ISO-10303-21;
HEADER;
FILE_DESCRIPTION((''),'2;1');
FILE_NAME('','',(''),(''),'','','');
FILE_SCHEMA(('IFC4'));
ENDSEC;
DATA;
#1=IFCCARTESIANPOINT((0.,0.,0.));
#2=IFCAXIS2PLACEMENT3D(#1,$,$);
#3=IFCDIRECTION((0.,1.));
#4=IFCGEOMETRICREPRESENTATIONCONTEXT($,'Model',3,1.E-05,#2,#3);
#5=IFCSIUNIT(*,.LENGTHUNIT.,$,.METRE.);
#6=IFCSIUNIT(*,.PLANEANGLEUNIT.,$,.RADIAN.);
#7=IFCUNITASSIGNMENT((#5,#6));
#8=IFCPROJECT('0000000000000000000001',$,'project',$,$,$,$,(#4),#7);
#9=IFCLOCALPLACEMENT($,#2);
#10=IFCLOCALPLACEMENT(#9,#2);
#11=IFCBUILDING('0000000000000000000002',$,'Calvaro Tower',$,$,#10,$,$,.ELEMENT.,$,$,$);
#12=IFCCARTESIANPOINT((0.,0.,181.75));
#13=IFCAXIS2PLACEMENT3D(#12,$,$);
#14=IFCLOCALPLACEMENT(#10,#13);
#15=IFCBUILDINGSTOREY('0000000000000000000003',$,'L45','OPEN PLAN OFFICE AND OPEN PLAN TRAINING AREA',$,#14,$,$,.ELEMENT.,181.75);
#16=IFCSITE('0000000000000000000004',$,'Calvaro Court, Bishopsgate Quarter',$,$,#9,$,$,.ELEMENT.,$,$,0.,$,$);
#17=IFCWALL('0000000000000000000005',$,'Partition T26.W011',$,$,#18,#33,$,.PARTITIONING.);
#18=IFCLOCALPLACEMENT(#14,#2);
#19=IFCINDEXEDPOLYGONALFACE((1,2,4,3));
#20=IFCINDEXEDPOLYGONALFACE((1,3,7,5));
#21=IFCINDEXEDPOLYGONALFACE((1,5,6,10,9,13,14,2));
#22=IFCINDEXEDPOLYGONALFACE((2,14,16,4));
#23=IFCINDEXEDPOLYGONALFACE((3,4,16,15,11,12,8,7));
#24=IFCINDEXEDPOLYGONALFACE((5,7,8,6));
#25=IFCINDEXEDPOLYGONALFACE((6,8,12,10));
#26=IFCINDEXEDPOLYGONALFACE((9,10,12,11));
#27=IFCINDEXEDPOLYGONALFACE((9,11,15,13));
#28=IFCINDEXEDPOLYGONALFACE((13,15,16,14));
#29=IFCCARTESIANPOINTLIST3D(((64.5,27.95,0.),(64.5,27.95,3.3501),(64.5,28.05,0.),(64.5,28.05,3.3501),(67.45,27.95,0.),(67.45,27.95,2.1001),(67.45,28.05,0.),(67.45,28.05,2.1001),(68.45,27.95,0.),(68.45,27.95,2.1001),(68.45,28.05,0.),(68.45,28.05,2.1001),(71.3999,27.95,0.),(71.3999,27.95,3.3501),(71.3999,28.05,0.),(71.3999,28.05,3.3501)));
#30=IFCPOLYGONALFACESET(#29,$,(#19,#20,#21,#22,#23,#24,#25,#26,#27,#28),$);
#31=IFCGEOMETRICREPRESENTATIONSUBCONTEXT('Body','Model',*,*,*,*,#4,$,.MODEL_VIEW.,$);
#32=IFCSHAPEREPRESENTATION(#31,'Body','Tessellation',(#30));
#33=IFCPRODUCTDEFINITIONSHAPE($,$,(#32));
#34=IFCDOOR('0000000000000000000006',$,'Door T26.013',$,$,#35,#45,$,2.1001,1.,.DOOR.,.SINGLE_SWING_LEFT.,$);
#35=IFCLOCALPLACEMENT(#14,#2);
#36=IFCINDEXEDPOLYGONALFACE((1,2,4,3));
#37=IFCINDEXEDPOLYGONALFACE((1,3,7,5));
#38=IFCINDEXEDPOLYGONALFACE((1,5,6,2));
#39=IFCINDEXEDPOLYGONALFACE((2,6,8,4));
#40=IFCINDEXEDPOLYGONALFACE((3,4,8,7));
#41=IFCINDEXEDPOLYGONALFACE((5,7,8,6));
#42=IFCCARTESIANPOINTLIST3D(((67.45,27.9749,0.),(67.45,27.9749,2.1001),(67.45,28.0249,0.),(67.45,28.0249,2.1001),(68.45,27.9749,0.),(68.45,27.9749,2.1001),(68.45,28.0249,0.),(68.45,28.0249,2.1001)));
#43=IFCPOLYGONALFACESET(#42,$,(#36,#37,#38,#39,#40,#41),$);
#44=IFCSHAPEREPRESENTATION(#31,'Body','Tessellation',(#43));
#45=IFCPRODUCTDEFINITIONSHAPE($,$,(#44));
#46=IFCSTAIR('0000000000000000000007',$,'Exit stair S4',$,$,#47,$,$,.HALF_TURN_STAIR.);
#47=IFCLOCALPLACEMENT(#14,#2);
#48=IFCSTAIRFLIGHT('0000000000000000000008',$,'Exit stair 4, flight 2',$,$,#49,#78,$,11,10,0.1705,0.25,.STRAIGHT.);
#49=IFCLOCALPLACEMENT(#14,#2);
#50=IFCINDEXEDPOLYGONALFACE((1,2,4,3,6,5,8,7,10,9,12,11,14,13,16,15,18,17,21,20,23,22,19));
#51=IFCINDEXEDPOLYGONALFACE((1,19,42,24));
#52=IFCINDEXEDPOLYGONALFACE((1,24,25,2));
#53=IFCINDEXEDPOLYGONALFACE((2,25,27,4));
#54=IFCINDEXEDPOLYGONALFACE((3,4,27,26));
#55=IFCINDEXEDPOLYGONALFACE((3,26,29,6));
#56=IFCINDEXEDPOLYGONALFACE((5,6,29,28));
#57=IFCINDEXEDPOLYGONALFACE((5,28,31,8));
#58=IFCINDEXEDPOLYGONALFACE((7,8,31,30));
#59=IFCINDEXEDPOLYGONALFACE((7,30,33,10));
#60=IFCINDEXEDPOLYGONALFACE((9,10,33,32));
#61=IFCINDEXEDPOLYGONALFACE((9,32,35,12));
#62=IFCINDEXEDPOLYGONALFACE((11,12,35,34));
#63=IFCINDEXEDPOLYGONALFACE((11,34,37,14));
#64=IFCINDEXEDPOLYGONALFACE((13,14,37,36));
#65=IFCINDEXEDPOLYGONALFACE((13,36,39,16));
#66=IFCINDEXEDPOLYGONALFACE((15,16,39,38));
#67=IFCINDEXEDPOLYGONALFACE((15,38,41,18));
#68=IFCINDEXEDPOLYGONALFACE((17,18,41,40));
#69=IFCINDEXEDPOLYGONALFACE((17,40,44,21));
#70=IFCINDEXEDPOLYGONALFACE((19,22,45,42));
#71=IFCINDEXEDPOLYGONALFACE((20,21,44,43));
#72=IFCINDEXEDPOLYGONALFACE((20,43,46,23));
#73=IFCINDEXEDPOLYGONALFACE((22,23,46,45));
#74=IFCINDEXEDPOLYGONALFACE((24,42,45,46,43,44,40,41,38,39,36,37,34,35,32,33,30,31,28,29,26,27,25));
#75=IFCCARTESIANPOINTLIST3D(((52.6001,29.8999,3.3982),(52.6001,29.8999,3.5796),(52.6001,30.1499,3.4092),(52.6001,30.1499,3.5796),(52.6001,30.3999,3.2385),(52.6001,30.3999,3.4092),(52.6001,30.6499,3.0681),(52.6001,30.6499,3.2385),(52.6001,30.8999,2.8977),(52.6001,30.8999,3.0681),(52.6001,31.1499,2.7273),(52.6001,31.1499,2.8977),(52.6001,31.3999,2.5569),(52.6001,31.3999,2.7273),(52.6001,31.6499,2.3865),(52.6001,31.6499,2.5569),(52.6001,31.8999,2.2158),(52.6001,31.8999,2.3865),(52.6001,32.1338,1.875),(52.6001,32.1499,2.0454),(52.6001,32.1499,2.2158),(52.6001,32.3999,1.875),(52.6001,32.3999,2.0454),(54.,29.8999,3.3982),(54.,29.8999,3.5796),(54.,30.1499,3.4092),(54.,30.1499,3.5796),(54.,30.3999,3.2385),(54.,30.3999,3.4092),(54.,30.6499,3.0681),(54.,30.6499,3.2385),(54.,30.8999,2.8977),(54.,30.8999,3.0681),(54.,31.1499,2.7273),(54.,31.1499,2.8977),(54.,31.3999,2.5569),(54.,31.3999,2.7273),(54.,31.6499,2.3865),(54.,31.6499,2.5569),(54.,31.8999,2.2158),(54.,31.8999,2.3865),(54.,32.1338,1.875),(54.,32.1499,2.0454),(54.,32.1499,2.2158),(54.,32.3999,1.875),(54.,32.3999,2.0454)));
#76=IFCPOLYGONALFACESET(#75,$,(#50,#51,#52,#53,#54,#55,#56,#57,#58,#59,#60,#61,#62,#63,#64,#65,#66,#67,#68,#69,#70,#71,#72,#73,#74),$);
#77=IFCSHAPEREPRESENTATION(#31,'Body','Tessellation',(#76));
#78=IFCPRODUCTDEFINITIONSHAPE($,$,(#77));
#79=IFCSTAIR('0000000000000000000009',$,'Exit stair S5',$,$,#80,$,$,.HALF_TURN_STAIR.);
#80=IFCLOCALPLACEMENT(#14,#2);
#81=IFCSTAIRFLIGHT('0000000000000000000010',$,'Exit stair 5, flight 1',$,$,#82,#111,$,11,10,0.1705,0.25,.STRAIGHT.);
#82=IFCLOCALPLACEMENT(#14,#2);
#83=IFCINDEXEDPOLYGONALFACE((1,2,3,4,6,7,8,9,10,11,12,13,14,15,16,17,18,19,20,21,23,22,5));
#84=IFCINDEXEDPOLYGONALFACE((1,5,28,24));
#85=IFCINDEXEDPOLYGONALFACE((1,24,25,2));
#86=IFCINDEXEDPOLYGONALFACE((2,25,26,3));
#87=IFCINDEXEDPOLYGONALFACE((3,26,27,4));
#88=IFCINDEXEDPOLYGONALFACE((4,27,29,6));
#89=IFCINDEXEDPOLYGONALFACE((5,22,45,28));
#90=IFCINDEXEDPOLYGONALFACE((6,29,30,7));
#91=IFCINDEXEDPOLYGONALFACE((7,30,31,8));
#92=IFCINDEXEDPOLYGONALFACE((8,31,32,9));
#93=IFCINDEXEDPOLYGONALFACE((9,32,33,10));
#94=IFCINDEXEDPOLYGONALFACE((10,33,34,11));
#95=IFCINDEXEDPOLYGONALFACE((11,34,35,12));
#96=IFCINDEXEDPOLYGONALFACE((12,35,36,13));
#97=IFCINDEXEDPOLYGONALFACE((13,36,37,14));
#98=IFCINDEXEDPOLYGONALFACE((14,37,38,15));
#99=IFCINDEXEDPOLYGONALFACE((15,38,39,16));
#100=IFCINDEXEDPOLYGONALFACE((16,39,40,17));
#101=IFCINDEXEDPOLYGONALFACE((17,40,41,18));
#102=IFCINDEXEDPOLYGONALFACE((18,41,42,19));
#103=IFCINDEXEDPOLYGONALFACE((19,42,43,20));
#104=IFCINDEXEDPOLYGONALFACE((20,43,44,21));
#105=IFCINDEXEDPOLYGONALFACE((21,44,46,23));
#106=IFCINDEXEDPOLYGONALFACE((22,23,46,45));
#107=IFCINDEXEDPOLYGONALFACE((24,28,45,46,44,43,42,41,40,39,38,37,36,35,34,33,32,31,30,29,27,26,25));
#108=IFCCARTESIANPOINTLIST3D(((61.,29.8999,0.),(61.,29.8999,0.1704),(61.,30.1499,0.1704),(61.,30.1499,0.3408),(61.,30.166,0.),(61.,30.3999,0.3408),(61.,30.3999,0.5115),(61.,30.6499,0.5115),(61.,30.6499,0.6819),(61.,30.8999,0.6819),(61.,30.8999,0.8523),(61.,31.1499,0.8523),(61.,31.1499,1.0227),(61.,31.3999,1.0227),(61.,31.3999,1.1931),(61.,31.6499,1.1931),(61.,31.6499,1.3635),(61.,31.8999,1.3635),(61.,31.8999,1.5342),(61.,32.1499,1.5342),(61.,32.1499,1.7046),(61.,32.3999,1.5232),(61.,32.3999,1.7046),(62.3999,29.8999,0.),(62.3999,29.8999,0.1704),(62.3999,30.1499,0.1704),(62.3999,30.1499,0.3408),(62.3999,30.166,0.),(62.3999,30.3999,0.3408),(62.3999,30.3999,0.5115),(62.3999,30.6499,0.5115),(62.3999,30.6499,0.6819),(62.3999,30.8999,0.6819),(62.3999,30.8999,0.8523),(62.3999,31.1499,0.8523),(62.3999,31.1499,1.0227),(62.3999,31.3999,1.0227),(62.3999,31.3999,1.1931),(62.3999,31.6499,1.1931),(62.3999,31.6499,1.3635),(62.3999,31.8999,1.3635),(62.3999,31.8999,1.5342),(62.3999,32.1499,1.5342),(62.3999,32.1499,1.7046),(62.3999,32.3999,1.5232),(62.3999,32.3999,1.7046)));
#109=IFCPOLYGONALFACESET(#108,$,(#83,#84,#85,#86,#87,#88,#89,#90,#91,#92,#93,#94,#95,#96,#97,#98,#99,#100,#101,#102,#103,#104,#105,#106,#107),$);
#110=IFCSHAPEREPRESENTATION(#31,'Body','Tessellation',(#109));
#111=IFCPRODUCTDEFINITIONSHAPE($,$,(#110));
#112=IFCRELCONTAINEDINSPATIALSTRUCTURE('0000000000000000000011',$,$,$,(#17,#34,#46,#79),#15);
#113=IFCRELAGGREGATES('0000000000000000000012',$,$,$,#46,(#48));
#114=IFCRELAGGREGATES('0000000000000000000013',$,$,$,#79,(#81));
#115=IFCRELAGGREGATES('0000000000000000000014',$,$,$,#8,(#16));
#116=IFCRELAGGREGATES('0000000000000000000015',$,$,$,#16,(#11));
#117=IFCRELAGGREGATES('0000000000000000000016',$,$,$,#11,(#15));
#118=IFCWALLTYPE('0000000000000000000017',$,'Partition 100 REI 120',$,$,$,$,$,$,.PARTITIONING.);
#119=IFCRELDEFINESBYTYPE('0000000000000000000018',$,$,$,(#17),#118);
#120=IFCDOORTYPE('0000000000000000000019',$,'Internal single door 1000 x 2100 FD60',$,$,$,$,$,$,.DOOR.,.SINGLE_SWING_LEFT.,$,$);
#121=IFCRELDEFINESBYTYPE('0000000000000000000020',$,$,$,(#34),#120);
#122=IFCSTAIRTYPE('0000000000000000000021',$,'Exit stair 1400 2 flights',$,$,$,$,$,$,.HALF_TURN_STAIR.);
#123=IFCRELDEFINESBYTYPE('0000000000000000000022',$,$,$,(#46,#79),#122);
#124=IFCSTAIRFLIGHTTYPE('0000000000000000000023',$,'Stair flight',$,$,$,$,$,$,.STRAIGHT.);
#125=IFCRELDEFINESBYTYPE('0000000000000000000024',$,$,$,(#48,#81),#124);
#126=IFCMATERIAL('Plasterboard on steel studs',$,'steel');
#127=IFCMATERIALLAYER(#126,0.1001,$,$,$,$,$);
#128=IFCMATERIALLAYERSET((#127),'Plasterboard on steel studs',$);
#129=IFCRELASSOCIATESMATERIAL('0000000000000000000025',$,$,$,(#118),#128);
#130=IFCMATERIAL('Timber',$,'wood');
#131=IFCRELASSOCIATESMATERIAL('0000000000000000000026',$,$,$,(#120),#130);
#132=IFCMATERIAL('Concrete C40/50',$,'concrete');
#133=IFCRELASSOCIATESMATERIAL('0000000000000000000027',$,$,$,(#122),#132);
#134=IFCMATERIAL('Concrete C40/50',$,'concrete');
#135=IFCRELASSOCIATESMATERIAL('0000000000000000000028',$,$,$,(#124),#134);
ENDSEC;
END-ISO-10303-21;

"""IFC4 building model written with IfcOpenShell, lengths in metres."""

from ifc_helpers import new_model, si_unit, direction, frame, frame_2d, origin, place, context, subcontext, project, spatial, polyline, rectangle, outline, extrude, material, layer, layer_set, type_object, element, fill, aggregate, save


model = new_model("IFC4")

# Units and contexts
model_context = context("Model", 3, precision=1e-05, world=origin(), true_north=direction((0.0, 1.0)))
body_context = subcontext(model_context, "Body", "Model", "MODEL_VIEW")
ifc_project = project(units=[si_unit("LENGTHUNIT", "METRE"), si_unit("PLANEANGLEUNIT", "RADIAN")], contexts=[model_context])

# Site, building, storey
site_placement = place(None, origin())
site = spatial("IfcSite", under=ifc_project, at=site_placement, Name="Calvaro Court, Bishopsgate Quarter", CompositionType="ELEMENT", RefElevation=0.0)
building_placement = place(site_placement, origin())
building = spatial("IfcBuilding", under=site, at=building_placement, Name="Calvaro Tower", CompositionType="ELEMENT")
storey_placement = place(building_placement, frame((0.0, 0.0, 181.75)))
storey = spatial("IfcBuildingStorey", under=building, at=storey_placement, Name="L45", Description="OPEN PLAN OFFICE AND OPEN PLAN TRAINING AREA", CompositionType="ELEMENT", Elevation=181.75)

# Wall, opening, door
ifc_material_1 = material(Name="Plasterboard on steel studs", Category="steel")
ifc_layer_1 = layer(ifc_material_1, 0.1001)
ifc_layer_set_1 = layer_set([ifc_layer_1], Name="Plasterboard on steel studs")
wall_type_1 = type_object("IfcWallType", Name="Partition 100 REI 120", PredefinedType="PARTITIONING", material=ifc_layer_set_1)
wall_1_placement = place(storey_placement, frame((64.5, 28.0, 0.0), z_axis=(0.0, 0.0, 1.0), x_axis=(1.0, 0.0, 0.0)))
wall_1 = element("IfcWall", 1, at=wall_1_placement, inside=storey, type_object=wall_type_1, Name="Partition T26.W011", PredefinedType="PARTITIONING", context=body_context, shape_type="SweptSolid", body=[
    extrude(rectangle(XDim=6.8999, YDim=0.1001, at=frame_2d((3.45, 0.0))), origin(), (0.0, 0.0, 1.0), 3.3501),
])
opening_1_placement = place(wall_1_placement, frame((2.95, 0.0, 0.0)))
opening_1 = element("IfcOpeningElement", 2, at=opening_1_placement, cuts=wall_1, PredefinedType="OPENING", context=body_context, shape_type="SweptSolid", body=[
    extrude(rectangle(XDim=1.0, YDim=2.1001, at=frame_2d((0.5, 1.05))), frame((0.0, 0.0601, 0.0), z_axis=(0.0, -1.0, 0.0), x_axis=(1.0, 0.0, 0.0)), (0.0, 0.0, 1.0), 0.1201),
])
ifc_material_2 = material(Name="Timber", Category="wood")
door_type_1 = type_object("IfcDoorType", Name="Internal single door 1000 x 2100 FD60", OperationType="SINGLE_SWING_LEFT", PredefinedType="DOOR", material=ifc_material_2)
door_1_placement = place(opening_1_placement, origin())
door_1 = element("IfcDoor", 3, at=door_1_placement, inside=storey, type_object=door_type_1, Name="Door T26.013", OperationType="SINGLE_SWING_LEFT", OverallHeight=2.1001, OverallWidth=1.0, PredefinedType="DOOR", context=body_context, shape_type="SweptSolid", body=[
    extrude(rectangle(XDim=1.0, YDim=2.1001, at=frame_2d((0.5, 1.05))), frame((0.0, 0.0249, 0.0), z_axis=(0.0, -1.0, 0.0), x_axis=(1.0, 0.0, 0.0)), (0.0, 0.0, 1.0), 0.05),
])
fill(opening_1, door_1)

# Stairs, stair flights
ifc_material_3 = material(Name="Concrete C40/50", Category="concrete")
stair_type = type_object("IfcStairType", Name="Exit stair 1400 2 flights", PredefinedType="HALF_TURN_STAIR", material=ifc_material_3)
stair_1_placement = place(storey_placement, origin())
stair_1 = element("IfcStair", 4, at=stair_1_placement, inside=storey, type_object=stair_type, Name="Exit stair S4", PredefinedType="HALF_TURN_STAIR")
ifc_material_4 = material(Name="Concrete C40/50", Category="concrete")
stair_flight_type = type_object("IfcStairFlightType", Name="Stair flight", PredefinedType="STRAIGHT", material=ifc_material_4)
stair_flight_1_placement = place(storey_placement, frame((53.3, 32.3999, 1.875), z_axis=(0.0, 0.0, 1.0), x_axis=(0.0, -1.0, 0.0)))
stair_flight_1 = element("IfcStairFlight", 5, at=stair_flight_1_placement, type_object=stair_flight_type, Name="Exit stair 4, flight 2", NumberOfRisers=11, NumberOfTreads=10, PredefinedType="STRAIGHT", RiserHeight=0.1705, TreadLength=0.25, context=body_context, shape_type="SweptSolid", body=[
    extrude(outline(polyline([(0.0, 0.0), (0.0, 0.1704), (0.25, 0.1704), (0.25, 0.3408), (0.5, 0.3408), (0.5, 0.5115), (0.75, 0.5115), (0.75, 0.6819), (1.0, 0.6819), (1.0, 0.8523), (1.25, 0.8523), (1.25, 1.0227), (1.5, 1.0227), (1.5, 1.1931), (1.75, 1.1931), (1.75, 1.3635), (2.0, 1.3635), (2.0, 1.5342), (2.25, 1.5342), (2.25, 1.7046), (2.5, 1.7046), (2.5, 1.875), (2.5, 1.5232), (0.2661, 0.0), (0.0, 0.0)])), frame((0.0, 0.7, 0.0), z_axis=(0.0, -1.0, 0.0), x_axis=(1.0, 0.0, 0.0)), (0.0, 0.0, 1.0), 1.3999),
])
stair_2_placement = place(storey_placement, origin())
stair_2 = element("IfcStair", 6, at=stair_2_placement, inside=storey, type_object=stair_type, Name="Exit stair S5", PredefinedType="HALF_TURN_STAIR")
stair_flight_2_placement = place(storey_placement, frame((61.7, 29.8999, 0.0), z_axis=(0.0, 0.0, 1.0), x_axis=(0.0, 1.0, 0.0)))
stair_flight_2 = element("IfcStairFlight", 7, at=stair_flight_2_placement, type_object=stair_flight_type, Name="Exit stair 5, flight 1", NumberOfRisers=11, NumberOfTreads=10, PredefinedType="STRAIGHT", RiserHeight=0.1705, TreadLength=0.25, context=body_context, shape_type="SweptSolid", body=[
    extrude(outline(polyline([(0.0, 0.0), (0.0, 0.1704), (0.25, 0.1704), (0.25, 0.3408), (0.5, 0.3408), (0.5, 0.5115), (0.75, 0.5115), (0.75, 0.6819), (1.0, 0.6819), (1.0, 0.8523), (1.25, 0.8523), (1.25, 1.0227), (1.5, 1.0227), (1.5, 1.1931), (1.75, 1.1931), (1.75, 1.3635), (2.0, 1.3635), (2.0, 1.5342), (2.25, 1.5342), (2.25, 1.7046), (2.5, 1.7046), (2.5, 1.875), (2.5, 1.5232), (0.2661, 0.0), (0.0, 0.0)])), frame((0.0, 0.7, 0.0), z_axis=(0.0, -1.0, 0.0), x_axis=(1.0, 0.0, 0.0)), (0.0, 0.0, 1.0), 1.3999),
])

aggregate(stair_1, [stair_flight_1])
aggregate(stair_2, [stair_flight_2])

save(model, "model.ifc")
